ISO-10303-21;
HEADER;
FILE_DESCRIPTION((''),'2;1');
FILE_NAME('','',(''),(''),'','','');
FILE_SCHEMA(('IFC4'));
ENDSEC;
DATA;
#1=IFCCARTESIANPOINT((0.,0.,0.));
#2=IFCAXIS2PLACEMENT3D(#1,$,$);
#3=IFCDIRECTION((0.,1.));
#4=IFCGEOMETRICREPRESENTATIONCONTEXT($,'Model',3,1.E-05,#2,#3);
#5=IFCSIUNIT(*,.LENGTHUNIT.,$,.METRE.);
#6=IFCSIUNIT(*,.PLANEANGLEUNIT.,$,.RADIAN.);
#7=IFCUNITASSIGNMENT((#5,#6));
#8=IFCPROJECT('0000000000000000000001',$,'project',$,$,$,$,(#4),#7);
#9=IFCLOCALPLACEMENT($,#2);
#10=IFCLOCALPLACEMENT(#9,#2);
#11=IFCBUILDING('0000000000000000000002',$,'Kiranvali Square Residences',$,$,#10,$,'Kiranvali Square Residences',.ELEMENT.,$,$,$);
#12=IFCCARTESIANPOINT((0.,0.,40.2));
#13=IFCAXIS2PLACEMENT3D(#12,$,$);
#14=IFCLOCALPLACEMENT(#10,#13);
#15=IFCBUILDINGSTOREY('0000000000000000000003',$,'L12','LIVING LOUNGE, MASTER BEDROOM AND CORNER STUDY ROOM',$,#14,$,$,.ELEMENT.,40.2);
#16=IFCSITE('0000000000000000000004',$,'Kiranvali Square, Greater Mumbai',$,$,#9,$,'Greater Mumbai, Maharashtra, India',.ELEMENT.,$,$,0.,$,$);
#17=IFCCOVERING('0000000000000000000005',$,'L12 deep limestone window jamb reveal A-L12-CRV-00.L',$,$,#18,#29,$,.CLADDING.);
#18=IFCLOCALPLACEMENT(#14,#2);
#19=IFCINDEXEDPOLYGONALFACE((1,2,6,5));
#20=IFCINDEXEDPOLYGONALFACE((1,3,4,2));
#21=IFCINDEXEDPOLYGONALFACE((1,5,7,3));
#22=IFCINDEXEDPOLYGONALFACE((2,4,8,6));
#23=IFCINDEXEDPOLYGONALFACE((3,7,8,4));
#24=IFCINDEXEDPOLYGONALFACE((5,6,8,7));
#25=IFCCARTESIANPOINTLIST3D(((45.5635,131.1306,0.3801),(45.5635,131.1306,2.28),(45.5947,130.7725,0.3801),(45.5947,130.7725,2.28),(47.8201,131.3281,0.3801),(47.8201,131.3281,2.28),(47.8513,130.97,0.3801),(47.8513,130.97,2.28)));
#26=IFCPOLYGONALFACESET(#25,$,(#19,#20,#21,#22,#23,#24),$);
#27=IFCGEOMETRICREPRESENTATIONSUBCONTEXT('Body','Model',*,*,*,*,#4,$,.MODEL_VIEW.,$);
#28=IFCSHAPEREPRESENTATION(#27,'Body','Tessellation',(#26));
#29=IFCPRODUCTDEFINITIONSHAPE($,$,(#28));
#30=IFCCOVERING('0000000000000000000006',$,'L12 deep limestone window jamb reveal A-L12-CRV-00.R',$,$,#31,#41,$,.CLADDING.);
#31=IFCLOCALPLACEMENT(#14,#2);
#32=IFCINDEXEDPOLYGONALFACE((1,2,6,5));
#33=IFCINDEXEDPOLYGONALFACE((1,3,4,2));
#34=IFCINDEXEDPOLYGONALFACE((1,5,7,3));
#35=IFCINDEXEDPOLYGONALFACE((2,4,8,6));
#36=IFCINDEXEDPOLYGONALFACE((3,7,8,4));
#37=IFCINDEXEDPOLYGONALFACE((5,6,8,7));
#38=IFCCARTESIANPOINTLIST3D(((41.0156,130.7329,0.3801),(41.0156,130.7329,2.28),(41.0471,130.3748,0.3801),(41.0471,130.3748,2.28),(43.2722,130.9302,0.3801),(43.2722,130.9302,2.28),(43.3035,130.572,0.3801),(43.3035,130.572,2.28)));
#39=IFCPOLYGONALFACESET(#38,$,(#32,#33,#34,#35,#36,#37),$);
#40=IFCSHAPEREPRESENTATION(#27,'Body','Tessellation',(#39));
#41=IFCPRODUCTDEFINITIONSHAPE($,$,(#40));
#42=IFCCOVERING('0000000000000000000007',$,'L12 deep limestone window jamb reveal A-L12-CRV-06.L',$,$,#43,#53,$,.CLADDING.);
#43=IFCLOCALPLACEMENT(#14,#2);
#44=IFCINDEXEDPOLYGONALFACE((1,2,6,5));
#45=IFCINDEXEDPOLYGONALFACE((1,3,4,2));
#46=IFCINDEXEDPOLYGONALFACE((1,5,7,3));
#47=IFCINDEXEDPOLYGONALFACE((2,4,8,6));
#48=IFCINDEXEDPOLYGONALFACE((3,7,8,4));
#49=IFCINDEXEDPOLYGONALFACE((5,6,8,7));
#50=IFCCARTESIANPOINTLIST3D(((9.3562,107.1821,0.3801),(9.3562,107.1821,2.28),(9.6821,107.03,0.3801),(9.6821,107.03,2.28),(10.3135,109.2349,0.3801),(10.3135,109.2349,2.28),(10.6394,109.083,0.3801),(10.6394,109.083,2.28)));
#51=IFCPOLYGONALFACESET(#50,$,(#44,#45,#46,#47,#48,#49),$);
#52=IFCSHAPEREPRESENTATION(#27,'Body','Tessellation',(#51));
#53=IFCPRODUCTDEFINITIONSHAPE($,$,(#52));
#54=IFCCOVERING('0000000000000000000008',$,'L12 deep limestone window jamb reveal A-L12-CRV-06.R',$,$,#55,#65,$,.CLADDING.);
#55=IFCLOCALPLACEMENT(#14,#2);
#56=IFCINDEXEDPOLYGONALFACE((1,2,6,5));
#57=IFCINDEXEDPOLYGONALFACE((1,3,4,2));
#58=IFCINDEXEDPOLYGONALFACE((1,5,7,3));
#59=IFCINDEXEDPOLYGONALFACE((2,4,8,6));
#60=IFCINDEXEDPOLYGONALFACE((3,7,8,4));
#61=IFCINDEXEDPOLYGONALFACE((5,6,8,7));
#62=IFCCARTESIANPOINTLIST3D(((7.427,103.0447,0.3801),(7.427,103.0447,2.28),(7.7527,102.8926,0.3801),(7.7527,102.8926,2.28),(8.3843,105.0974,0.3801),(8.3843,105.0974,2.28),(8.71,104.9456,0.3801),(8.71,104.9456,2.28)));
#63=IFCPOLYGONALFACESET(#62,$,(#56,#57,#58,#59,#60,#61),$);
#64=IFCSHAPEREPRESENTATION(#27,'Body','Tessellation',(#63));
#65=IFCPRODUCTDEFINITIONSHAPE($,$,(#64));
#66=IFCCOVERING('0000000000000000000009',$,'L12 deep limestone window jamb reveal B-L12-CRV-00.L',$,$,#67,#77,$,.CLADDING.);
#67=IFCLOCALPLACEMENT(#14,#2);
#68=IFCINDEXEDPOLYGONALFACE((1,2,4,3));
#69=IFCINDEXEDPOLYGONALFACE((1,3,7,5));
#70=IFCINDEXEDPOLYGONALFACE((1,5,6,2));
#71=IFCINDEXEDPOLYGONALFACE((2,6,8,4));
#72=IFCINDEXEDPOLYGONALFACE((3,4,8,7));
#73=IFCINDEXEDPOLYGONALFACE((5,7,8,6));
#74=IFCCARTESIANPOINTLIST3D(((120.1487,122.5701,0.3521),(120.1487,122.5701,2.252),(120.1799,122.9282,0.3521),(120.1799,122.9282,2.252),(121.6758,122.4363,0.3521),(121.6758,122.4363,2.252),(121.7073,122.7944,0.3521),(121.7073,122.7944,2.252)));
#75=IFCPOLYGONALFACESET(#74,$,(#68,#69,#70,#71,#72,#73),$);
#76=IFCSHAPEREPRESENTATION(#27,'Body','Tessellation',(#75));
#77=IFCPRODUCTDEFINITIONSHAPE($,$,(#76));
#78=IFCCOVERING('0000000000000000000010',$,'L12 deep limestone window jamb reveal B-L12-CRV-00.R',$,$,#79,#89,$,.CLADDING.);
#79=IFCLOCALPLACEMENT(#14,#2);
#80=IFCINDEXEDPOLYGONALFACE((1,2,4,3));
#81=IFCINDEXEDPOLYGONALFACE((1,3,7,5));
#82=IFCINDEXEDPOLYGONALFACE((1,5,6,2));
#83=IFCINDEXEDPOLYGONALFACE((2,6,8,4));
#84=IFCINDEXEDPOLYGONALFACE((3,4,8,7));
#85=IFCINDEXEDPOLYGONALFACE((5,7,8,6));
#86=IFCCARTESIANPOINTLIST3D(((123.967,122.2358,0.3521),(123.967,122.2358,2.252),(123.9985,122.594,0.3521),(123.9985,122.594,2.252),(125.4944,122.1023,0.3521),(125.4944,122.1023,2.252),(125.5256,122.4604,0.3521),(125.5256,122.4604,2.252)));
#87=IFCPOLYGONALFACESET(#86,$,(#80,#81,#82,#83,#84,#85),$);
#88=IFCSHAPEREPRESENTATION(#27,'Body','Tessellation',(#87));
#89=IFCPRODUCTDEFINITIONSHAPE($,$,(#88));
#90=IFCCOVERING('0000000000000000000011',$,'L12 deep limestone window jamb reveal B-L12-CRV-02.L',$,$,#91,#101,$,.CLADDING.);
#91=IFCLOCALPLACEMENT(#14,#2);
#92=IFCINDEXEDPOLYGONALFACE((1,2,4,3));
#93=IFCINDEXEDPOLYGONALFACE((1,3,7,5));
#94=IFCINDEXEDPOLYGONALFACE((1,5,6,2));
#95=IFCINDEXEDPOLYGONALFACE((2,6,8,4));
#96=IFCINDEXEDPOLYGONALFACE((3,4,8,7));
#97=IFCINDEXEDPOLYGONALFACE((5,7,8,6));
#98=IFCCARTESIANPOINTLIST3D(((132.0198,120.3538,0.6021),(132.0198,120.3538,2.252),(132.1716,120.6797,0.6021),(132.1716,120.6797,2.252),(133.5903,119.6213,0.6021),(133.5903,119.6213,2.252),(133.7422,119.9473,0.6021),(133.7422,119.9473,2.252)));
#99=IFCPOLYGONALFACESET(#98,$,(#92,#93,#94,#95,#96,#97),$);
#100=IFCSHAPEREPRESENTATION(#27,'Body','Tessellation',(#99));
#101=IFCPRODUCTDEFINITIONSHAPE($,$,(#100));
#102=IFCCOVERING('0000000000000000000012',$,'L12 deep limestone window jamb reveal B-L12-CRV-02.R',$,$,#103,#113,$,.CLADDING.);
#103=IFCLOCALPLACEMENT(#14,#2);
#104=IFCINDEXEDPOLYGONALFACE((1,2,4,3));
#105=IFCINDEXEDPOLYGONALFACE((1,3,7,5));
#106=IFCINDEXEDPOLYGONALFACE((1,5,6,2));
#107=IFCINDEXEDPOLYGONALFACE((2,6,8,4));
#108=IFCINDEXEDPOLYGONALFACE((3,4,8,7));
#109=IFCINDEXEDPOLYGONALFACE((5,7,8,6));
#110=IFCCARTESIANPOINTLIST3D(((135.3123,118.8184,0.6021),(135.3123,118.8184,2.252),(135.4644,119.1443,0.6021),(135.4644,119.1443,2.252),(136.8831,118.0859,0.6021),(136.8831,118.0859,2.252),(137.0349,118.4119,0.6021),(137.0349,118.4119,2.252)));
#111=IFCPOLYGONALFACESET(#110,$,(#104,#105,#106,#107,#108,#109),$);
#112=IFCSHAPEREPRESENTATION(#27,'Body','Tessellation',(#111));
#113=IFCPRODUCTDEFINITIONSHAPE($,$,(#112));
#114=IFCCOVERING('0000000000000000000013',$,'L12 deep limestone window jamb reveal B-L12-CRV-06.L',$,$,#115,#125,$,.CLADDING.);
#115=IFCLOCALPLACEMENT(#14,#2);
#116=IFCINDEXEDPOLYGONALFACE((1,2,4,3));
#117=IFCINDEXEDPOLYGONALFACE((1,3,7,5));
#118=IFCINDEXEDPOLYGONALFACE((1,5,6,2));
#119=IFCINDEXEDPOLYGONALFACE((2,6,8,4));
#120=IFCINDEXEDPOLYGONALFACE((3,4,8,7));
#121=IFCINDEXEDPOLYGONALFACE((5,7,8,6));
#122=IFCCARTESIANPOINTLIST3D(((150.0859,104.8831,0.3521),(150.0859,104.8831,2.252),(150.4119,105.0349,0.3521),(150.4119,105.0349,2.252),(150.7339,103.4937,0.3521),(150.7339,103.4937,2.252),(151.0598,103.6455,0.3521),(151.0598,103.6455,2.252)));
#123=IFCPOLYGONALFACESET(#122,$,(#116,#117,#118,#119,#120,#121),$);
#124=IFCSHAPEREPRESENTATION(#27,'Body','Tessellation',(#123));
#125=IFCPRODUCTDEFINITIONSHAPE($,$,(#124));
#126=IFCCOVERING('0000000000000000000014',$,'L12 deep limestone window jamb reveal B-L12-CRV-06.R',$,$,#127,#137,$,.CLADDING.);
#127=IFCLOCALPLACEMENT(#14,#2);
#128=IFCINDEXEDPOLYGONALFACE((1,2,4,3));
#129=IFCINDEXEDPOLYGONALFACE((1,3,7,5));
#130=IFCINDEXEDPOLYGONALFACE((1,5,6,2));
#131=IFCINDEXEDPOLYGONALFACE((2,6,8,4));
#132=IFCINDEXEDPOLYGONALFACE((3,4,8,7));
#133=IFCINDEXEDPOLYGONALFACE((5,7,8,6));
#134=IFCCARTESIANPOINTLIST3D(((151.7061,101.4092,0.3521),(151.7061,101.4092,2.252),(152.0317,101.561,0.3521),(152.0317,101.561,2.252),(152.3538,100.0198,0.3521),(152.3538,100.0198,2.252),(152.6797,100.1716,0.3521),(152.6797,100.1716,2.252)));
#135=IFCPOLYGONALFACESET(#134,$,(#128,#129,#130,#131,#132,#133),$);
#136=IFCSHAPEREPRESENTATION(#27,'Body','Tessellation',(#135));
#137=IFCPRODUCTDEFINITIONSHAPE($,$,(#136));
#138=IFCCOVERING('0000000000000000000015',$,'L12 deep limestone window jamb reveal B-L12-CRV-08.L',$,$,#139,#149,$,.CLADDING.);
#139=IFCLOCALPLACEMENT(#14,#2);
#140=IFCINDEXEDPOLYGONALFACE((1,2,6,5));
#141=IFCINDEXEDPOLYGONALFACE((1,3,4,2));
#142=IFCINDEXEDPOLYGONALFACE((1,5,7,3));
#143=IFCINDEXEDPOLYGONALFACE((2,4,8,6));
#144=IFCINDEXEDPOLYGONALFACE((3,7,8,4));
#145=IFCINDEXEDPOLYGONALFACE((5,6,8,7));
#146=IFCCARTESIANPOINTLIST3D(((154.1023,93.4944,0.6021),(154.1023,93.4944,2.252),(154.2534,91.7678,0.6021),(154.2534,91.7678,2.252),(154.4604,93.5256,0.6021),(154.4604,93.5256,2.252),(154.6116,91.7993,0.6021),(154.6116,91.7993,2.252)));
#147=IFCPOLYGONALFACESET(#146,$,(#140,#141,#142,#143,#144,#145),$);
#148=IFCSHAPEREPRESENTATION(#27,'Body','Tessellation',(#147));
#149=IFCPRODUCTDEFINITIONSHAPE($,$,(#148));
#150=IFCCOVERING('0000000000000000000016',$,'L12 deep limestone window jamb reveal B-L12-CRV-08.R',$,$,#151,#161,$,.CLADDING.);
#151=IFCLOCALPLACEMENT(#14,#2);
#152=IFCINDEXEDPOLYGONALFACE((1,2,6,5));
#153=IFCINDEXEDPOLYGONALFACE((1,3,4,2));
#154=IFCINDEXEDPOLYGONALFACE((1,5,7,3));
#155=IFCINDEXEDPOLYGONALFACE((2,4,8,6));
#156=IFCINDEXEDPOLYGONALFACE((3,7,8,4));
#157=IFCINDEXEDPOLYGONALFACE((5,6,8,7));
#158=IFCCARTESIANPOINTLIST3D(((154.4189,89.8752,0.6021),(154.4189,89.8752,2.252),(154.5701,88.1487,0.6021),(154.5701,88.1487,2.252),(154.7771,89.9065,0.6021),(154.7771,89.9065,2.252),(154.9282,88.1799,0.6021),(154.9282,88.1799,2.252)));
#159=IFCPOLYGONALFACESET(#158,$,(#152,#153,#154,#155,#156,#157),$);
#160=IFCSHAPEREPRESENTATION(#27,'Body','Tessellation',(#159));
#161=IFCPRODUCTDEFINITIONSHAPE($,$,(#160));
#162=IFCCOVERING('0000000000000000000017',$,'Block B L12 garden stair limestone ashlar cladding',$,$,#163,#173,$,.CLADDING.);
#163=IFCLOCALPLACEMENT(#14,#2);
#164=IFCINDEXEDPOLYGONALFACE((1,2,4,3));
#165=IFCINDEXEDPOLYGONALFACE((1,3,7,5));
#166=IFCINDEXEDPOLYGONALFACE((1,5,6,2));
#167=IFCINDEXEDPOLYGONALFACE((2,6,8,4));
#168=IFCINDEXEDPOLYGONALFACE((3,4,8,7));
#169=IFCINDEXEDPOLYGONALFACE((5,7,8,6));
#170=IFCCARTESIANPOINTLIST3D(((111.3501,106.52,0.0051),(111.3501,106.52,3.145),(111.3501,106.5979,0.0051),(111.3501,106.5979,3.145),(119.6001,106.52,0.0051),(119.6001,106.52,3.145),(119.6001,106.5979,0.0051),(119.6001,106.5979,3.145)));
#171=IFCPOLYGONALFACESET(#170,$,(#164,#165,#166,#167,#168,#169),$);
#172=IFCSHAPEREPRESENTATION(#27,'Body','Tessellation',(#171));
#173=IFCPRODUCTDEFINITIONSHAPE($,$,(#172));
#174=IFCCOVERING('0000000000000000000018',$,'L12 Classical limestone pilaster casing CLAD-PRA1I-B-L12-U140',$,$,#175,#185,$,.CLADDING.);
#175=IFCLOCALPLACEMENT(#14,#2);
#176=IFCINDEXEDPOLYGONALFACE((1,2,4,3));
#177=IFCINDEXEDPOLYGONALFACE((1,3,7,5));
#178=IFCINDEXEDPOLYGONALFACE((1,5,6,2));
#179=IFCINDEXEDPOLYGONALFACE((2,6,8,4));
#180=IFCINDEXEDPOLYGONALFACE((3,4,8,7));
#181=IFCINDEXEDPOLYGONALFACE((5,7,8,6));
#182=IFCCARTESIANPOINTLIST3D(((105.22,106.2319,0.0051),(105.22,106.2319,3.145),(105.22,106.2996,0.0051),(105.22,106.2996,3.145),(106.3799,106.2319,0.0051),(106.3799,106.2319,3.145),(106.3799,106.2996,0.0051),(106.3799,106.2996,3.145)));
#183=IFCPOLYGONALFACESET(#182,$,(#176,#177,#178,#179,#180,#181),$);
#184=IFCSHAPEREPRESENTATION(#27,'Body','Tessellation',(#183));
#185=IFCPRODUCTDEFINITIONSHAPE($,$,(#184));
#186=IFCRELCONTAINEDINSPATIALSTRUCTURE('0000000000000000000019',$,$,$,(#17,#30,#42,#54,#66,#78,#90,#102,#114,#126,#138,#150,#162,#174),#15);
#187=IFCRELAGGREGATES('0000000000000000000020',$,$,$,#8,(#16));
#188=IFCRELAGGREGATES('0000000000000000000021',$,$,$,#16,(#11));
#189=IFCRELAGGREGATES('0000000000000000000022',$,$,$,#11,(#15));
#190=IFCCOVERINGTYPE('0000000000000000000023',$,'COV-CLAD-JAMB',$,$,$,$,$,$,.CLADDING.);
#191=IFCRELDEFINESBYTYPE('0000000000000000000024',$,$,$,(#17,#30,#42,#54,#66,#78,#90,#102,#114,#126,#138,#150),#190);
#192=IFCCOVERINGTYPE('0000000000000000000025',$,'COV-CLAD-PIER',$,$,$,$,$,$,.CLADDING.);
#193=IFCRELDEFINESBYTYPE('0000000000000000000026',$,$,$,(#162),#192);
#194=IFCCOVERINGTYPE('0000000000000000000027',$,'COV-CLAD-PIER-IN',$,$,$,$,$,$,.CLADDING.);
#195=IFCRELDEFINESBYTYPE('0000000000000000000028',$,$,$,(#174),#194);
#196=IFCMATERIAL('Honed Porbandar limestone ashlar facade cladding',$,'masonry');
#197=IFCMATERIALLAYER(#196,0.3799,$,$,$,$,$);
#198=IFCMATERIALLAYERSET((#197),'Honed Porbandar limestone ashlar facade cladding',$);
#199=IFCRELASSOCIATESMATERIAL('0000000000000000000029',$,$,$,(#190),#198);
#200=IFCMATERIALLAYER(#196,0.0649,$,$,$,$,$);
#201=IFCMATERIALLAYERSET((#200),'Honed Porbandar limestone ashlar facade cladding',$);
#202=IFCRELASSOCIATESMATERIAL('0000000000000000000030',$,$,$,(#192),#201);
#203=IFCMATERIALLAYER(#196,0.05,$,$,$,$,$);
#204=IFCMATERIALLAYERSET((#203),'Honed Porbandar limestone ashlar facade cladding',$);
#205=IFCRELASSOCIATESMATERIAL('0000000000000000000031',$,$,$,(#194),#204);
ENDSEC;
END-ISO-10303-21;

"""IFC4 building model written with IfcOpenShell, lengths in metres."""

from ifc_helpers import new_model, si_unit, direction, frame, origin, place, context, subcontext, project, spatial, polyline, outline, extrude, material, layer, layer_set, type_object, element, save


model = new_model("IFC4")

# Units and contexts
model_context = context("Model", 3, precision=1e-05, world=origin(), true_north=direction((0.0, 1.0)))
body_context = subcontext(model_context, "Body", "Model", "MODEL_VIEW")
ifc_project = project(units=[si_unit("LENGTHUNIT", "METRE"), si_unit("PLANEANGLEUNIT", "RADIAN")], contexts=[model_context])

# Site, building, storey
site_placement = place(None, origin())
site = spatial("IfcSite", under=ifc_project, at=site_placement, Name="Kiranvali Square, Greater Mumbai", LongName="Greater Mumbai, Maharashtra, India", CompositionType="ELEMENT", RefElevation=0.0)
building_placement = place(site_placement, origin())
building = spatial("IfcBuilding", under=site, at=building_placement, Name="Kiranvali Square Residences", LongName="Kiranvali Square Residences", CompositionType="ELEMENT")
storey_placement = place(building_placement, frame((0.0, 0.0, 40.2)))
storey = spatial("IfcBuildingStorey", under=building, at=storey_placement, Name="L12", Description="LIVING LOUNGE, MASTER BEDROOM AND CORNER STUDY ROOM", CompositionType="ELEMENT", Elevation=40.2)

# Coverings
ifc_material = material(Name="Honed Porbandar limestone ashlar facade cladding", Category="masonry")
ifc_layer_1 = layer(ifc_material, 0.3799)
ifc_layer_set_1 = layer_set([ifc_layer_1], Name="Honed Porbandar limestone ashlar facade cladding")
covering_type_1 = type_object("IfcCoveringType", Name="COV-CLAD-JAMB", PredefinedType="CLADDING", material=ifc_layer_set_1)
covering_1_placement = place(storey_placement, frame((0.0, 0.0, 0.3801)))
element("IfcCovering", 1, at=covering_1_placement, inside=storey, type_object=covering_type_1, Name="L12 deep limestone window jamb reveal A-L12-CRV-00.L", PredefinedType="CLADDING", context=body_context, shape_type="SweptSolid", body=[
    extrude(outline(polyline([(47.8201, 131.3281), (45.5635, 131.1306), (45.5947, 130.7725), (47.8513, 130.97), (47.8201, 131.3281)])), origin(), (0.0, 0.0, 1.0), 1.8999),
])
covering_2_placement = place(storey_placement, frame((0.0, 0.0, 0.3801)))
element("IfcCovering", 2, at=covering_2_placement, inside=storey, type_object=covering_type_1, Name="L12 deep limestone window jamb reveal A-L12-CRV-00.R", PredefinedType="CLADDING", context=body_context, shape_type="SweptSolid", body=[
    extrude(outline(polyline([(43.2722, 130.9302), (41.0156, 130.7329), (41.0471, 130.3748), (43.3035, 130.572), (43.2722, 130.9302)])), origin(), (0.0, 0.0, 1.0), 1.8999),
])
covering_3_placement = place(storey_placement, frame((0.0, 0.0, 0.3801)))
element("IfcCovering", 3, at=covering_3_placement, inside=storey, type_object=covering_type_1, Name="L12 deep limestone window jamb reveal A-L12-CRV-06.L", PredefinedType="CLADDING", context=body_context, shape_type="SweptSolid", body=[
    extrude(outline(polyline([(10.3135, 109.2349), (9.3562, 107.1821), (9.6821, 107.03), (10.6394, 109.083), (10.3135, 109.2349)])), origin(), (0.0, 0.0, 1.0), 1.8999),
])
covering_4_placement = place(storey_placement, frame((0.0, 0.0, 0.3801)))
element("IfcCovering", 4, at=covering_4_placement, inside=storey, type_object=covering_type_1, Name="L12 deep limestone window jamb reveal A-L12-CRV-06.R", PredefinedType="CLADDING", context=body_context, shape_type="SweptSolid", body=[
    extrude(outline(polyline([(8.3843, 105.0974), (7.427, 103.0447), (7.7527, 102.8926), (8.71, 104.9456), (8.3843, 105.0974)])), origin(), (0.0, 0.0, 1.0), 1.8999),
])
covering_5_placement = place(storey_placement, frame((0.0, 0.0, 0.3521)))
element("IfcCovering", 5, at=covering_5_placement, inside=storey, type_object=covering_type_1, Name="L12 deep limestone window jamb reveal B-L12-CRV-00.L", PredefinedType="CLADDING", context=body_context, shape_type="SweptSolid", body=[
    extrude(outline(polyline([(120.1487, 122.5701), (121.6758, 122.4363), (121.7073, 122.7944), (120.1799, 122.9282), (120.1487, 122.5701)])), origin(), (0.0, 0.0, 1.0), 1.8999),
])
covering_6_placement = place(storey_placement, frame((0.0, 0.0, 0.3521)))
element("IfcCovering", 6, at=covering_6_placement, inside=storey, type_object=covering_type_1, Name="L12 deep limestone window jamb reveal B-L12-CRV-00.R", PredefinedType="CLADDING", context=body_context, shape_type="SweptSolid", body=[
    extrude(outline(polyline([(123.967, 122.2358), (125.4944, 122.1023), (125.5256, 122.4604), (123.9985, 122.594), (123.967, 122.2358)])), origin(), (0.0, 0.0, 1.0), 1.8999),
])
covering_7_placement = place(storey_placement, frame((0.0, 0.0, 0.6021)))
element("IfcCovering", 7, at=covering_7_placement, inside=storey, type_object=covering_type_1, Name="L12 deep limestone window jamb reveal B-L12-CRV-02.L", PredefinedType="CLADDING", context=body_context, shape_type="SweptSolid", body=[
    extrude(outline(polyline([(132.0198, 120.3538), (133.5903, 119.6213), (133.7422, 119.9473), (132.1716, 120.6797), (132.0198, 120.3538)])), origin(), (0.0, 0.0, 1.0), 1.6499),
])
covering_8_placement = place(storey_placement, frame((0.0, 0.0, 0.6021)))
element("IfcCovering", 8, at=covering_8_placement, inside=storey, type_object=covering_type_1, Name="L12 deep limestone window jamb reveal B-L12-CRV-02.R", PredefinedType="CLADDING", context=body_context, shape_type="SweptSolid", body=[
    extrude(outline(polyline([(135.3123, 118.8184), (136.8831, 118.0859), (137.0349, 118.4119), (135.4644, 119.1443), (135.3123, 118.8184)])), origin(), (0.0, 0.0, 1.0), 1.6499),
])
covering_9_placement = place(storey_placement, frame((0.0, 0.0, 0.3521)))
element("IfcCovering", 9, at=covering_9_placement, inside=storey, type_object=covering_type_1, Name="L12 deep limestone window jamb reveal B-L12-CRV-06.L", PredefinedType="CLADDING", context=body_context, shape_type="SweptSolid", body=[
    extrude(outline(polyline([(150.0859, 104.8831), (150.7339, 103.4937), (151.0598, 103.6455), (150.4119, 105.0349), (150.0859, 104.8831)])), origin(), (0.0, 0.0, 1.0), 1.8999),
])
covering_10_placement = place(storey_placement, frame((0.0, 0.0, 0.3521)))
element("IfcCovering", 10, at=covering_10_placement, inside=storey, type_object=covering_type_1, Name="L12 deep limestone window jamb reveal B-L12-CRV-06.R", PredefinedType="CLADDING", context=body_context, shape_type="SweptSolid", body=[
    extrude(outline(polyline([(151.7061, 101.4092), (152.3538, 100.0198), (152.6797, 100.1716), (152.0317, 101.561), (151.7061, 101.4092)])), origin(), (0.0, 0.0, 1.0), 1.8999),
])
covering_11_placement = place(storey_placement, frame((0.0, 0.0, 0.6021)))
element("IfcCovering", 11, at=covering_11_placement, inside=storey, type_object=covering_type_1, Name="L12 deep limestone window jamb reveal B-L12-CRV-08.L", PredefinedType="CLADDING", context=body_context, shape_type="SweptSolid", body=[
    extrude(outline(polyline([(154.1023, 93.4944), (154.2534, 91.7678), (154.6116, 91.7993), (154.4604, 93.5256), (154.1023, 93.4944)])), origin(), (0.0, 0.0, 1.0), 1.6499),
])
covering_12_placement = place(storey_placement, frame((0.0, 0.0, 0.6021)))
element("IfcCovering", 12, at=covering_12_placement, inside=storey, type_object=covering_type_1, Name="L12 deep limestone window jamb reveal B-L12-CRV-08.R", PredefinedType="CLADDING", context=body_context, shape_type="SweptSolid", body=[
    extrude(outline(polyline([(154.4189, 89.8752), (154.5701, 88.1487), (154.9282, 88.1799), (154.7771, 89.9065), (154.4189, 89.8752)])), origin(), (0.0, 0.0, 1.0), 1.6499),
])
ifc_layer_2 = layer(ifc_material, 0.0649)
ifc_layer_set_2 = layer_set([ifc_layer_2], Name="Honed Porbandar limestone ashlar facade cladding")
covering_type_2 = type_object("IfcCoveringType", Name="COV-CLAD-PIER", PredefinedType="CLADDING", material=ifc_layer_set_2)
covering_13_placement = place(storey_placement, frame((0.0, 0.0, 0.0051)))
element("IfcCovering", 13, at=covering_13_placement, inside=storey, type_object=covering_type_2, Name="Block B L12 garden stair limestone ashlar cladding", PredefinedType="CLADDING", context=body_context, shape_type="SweptSolid", body=[
    extrude(outline(polyline([(119.6001, 106.5979), (111.3501, 106.5979), (111.3501, 106.52), (119.6001, 106.52), (119.6001, 106.5979)])), origin(), (0.0, 0.0, 1.0), 3.1399),
])
ifc_layer_3 = layer(ifc_material, 0.05)
ifc_layer_set_3 = layer_set([ifc_layer_3], Name="Honed Porbandar limestone ashlar facade cladding")
covering_type_3 = type_object("IfcCoveringType", Name="COV-CLAD-PIER-IN", PredefinedType="CLADDING", material=ifc_layer_set_3)
covering_14_placement = place(storey_placement, frame((0.0, 0.0, 0.0051)))
element("IfcCovering", 14, at=covering_14_placement, inside=storey, type_object=covering_type_3, Name="L12 Classical limestone pilaster casing CLAD-PRA1I-B-L12-U140", PredefinedType="CLADDING", context=body_context, shape_type="SweptSolid", body=[
    extrude(outline(polyline([(106.3799, 106.2996), (105.22, 106.2996), (105.22, 106.2319), (106.3799, 106.2319), (106.3799, 106.2996)])), origin(), (0.0, 0.0, 1.0), 3.1399),
])

save(model, "model.ifc")
